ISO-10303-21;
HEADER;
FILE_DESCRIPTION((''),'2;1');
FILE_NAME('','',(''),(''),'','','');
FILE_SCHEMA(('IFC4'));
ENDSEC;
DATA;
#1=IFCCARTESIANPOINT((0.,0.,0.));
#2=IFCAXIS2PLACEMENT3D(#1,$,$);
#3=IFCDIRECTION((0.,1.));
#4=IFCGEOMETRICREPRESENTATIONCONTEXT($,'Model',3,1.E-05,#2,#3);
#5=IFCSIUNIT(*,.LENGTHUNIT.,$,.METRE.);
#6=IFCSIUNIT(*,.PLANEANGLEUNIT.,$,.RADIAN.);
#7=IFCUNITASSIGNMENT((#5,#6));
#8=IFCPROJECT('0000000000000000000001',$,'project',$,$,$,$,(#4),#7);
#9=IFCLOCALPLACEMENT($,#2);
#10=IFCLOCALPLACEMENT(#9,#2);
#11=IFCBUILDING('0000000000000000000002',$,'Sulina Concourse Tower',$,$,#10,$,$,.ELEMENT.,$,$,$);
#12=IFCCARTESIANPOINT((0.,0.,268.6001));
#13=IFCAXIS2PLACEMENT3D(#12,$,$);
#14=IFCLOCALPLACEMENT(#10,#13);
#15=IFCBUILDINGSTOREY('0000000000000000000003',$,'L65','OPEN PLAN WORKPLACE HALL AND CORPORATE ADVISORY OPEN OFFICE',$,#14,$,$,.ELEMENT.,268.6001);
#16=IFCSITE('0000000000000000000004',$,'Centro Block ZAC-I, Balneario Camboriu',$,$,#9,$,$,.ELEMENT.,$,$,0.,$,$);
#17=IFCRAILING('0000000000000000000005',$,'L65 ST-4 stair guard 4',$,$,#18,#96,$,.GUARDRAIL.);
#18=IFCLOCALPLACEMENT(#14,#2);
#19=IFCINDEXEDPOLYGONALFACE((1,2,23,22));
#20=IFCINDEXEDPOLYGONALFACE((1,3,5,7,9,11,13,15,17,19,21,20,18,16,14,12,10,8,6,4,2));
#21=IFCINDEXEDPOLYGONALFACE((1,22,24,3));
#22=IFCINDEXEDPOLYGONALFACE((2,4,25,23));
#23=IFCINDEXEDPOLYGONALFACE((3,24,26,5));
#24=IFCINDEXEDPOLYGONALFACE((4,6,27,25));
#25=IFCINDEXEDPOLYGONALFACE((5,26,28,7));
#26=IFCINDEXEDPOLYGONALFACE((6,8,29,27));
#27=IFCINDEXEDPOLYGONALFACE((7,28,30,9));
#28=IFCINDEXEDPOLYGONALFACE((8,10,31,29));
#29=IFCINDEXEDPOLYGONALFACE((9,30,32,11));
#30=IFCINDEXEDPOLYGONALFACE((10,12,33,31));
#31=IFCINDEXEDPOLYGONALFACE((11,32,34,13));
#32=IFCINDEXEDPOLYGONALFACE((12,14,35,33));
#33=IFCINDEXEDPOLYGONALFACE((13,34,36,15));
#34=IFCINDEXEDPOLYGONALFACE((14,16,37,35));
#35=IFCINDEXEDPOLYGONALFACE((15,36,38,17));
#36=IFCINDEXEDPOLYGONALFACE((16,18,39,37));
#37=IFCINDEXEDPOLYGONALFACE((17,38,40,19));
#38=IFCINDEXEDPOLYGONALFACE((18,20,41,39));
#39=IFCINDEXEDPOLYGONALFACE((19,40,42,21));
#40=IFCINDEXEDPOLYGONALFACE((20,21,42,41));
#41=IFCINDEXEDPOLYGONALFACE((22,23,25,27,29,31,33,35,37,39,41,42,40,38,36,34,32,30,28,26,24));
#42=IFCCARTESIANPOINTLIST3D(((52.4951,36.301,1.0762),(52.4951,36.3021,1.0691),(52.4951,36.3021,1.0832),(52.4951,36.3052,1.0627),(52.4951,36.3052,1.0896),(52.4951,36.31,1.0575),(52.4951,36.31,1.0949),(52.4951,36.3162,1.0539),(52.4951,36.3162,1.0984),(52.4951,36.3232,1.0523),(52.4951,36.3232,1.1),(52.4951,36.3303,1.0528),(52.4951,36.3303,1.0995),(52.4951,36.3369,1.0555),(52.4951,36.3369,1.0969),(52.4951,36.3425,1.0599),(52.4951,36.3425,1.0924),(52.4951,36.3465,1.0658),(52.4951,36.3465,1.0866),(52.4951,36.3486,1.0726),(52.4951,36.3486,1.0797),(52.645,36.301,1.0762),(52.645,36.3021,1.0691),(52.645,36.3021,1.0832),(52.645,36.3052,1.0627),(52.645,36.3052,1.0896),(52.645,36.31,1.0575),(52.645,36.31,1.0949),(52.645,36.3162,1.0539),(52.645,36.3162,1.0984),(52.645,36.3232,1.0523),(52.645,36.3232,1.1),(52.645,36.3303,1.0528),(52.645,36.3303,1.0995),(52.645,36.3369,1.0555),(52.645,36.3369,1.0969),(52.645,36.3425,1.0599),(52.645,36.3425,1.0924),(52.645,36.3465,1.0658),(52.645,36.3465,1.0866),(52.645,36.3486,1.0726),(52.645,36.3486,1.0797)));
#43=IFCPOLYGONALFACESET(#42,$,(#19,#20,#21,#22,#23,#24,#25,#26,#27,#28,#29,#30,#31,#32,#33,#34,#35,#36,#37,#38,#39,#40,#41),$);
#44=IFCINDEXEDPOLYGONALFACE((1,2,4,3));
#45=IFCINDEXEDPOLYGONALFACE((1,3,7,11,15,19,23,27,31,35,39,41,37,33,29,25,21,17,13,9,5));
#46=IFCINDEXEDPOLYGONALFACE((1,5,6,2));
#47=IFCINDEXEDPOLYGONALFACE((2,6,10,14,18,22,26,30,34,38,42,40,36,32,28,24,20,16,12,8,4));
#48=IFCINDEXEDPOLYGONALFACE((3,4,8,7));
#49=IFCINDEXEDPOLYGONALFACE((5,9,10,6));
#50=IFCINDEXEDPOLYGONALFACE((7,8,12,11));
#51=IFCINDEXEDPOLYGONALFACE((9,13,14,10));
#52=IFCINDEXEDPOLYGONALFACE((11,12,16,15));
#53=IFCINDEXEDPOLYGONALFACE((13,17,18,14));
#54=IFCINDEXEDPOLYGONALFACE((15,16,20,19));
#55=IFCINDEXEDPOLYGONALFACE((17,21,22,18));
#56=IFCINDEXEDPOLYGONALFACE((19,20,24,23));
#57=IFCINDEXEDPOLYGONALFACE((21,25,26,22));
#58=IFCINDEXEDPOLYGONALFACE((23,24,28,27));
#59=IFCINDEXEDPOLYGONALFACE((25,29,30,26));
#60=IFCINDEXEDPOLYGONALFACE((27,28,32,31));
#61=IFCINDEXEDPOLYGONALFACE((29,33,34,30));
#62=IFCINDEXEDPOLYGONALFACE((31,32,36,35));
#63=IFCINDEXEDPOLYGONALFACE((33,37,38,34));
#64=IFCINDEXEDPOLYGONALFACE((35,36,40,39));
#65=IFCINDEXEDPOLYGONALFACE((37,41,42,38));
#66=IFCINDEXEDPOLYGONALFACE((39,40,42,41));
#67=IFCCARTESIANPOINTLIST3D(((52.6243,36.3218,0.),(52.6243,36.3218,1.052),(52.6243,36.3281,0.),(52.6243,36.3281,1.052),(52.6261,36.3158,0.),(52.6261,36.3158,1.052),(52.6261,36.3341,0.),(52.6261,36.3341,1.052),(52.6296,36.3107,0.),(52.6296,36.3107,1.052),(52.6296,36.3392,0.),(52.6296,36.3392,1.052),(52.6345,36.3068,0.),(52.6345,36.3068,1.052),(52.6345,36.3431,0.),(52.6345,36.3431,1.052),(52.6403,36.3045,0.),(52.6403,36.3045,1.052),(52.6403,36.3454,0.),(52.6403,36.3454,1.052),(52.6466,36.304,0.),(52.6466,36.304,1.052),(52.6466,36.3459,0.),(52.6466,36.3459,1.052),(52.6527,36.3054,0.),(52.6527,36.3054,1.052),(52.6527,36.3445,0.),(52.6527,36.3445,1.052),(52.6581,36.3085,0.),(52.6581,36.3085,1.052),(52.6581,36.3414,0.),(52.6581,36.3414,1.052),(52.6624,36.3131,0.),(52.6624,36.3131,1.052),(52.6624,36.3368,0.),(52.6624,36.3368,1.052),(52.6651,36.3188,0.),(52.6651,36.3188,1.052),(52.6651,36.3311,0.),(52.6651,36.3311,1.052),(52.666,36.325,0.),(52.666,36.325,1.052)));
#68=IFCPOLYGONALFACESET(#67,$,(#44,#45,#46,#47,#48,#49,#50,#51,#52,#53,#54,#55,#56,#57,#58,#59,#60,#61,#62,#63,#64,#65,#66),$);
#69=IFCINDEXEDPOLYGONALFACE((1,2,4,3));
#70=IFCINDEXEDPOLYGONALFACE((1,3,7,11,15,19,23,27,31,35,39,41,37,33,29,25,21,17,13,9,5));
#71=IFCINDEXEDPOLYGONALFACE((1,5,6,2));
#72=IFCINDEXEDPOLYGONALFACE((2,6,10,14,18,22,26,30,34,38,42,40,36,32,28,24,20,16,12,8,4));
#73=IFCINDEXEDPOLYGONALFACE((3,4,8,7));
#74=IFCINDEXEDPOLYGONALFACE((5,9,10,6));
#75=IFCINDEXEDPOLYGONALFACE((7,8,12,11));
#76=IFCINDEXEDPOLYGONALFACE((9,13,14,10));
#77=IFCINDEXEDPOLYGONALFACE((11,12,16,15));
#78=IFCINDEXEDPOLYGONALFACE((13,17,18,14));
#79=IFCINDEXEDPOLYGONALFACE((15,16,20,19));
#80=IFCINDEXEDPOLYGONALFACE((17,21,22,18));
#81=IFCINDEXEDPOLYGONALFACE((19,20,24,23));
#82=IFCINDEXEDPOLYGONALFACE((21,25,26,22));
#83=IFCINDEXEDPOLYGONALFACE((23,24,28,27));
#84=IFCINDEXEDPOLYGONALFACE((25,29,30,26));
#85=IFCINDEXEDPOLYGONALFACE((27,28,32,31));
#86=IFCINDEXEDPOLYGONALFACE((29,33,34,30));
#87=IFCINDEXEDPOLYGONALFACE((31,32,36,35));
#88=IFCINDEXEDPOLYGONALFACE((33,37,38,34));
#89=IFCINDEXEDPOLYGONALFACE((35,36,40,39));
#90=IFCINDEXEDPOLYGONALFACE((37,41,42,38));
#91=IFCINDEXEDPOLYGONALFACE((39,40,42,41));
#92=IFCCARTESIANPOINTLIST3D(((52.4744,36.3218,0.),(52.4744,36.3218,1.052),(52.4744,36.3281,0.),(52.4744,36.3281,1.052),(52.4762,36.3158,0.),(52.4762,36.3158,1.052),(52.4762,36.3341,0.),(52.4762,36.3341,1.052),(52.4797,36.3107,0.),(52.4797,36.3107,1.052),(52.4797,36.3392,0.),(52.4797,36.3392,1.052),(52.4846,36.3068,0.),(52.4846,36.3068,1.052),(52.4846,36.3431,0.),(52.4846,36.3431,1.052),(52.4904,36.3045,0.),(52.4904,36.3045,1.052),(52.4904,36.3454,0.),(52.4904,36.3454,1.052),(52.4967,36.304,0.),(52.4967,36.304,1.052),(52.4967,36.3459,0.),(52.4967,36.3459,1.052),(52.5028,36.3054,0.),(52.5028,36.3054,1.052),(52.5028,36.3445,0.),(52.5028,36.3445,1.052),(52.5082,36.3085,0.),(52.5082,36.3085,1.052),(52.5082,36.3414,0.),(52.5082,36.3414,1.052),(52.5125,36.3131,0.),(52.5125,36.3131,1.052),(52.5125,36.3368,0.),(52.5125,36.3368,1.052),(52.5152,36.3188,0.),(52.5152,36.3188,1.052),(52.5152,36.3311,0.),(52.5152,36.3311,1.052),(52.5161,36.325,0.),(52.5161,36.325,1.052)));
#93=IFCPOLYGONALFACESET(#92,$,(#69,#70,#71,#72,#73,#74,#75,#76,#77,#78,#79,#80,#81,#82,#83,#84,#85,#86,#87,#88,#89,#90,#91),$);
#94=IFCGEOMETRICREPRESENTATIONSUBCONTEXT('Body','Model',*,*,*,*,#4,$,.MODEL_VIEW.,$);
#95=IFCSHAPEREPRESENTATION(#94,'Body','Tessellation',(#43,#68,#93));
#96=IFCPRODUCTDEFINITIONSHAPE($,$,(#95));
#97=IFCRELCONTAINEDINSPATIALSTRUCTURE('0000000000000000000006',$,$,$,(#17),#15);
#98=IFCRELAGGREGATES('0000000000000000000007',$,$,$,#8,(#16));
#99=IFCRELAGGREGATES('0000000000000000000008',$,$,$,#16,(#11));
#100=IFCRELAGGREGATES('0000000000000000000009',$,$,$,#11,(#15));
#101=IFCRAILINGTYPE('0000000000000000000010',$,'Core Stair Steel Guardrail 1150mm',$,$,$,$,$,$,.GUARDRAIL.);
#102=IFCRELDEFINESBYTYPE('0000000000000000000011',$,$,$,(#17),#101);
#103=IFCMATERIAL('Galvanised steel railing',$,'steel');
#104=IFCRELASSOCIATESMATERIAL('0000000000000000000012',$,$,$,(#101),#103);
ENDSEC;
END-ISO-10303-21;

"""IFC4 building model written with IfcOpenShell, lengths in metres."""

from ifc_helpers import new_model, si_unit, direction, frame, origin, origin_2d, place, context, subcontext, project, spatial, circle, extrude, material, type_object, element, save


model = new_model("IFC4")

# Units and contexts
model_context = context("Model", 3, precision=1e-05, world=origin(), true_north=direction((0.0, 1.0)))
body_context = subcontext(model_context, "Body", "Model", "MODEL_VIEW")
ifc_project = project(units=[si_unit("LENGTHUNIT", "METRE"), si_unit("PLANEANGLEUNIT", "RADIAN")], contexts=[model_context])

# Site, building, storey
site_placement = place(None, origin())
site = spatial("IfcSite", under=ifc_project, at=site_placement, Name="Centro Block ZAC-I, Balneario Camboriu", CompositionType="ELEMENT", RefElevation=0.0)
building_placement = place(site_placement, origin())
building = spatial("IfcBuilding", under=site, at=building_placement, Name="Sulina Concourse Tower", CompositionType="ELEMENT")
storey_placement = place(building_placement, frame((0.0, 0.0, 268.6001)))
storey = spatial("IfcBuildingStorey", under=building, at=storey_placement, Name="L65", Description="OPEN PLAN WORKPLACE HALL AND CORPORATE ADVISORY OPEN OFFICE", CompositionType="ELEMENT", Elevation=268.6001)

# Railing
ifc_material_1 = material(Name="Galvanised steel railing", Category="steel")
railing_type_1 = type_object("IfcRailingType", Name="Core Stair Steel Guardrail 1150mm", PredefinedType="GUARDRAIL", material=ifc_material_1)
railing_1_placement = place(storey_placement, frame((52.645, 36.325, 0.0)))
element("IfcRailing", 1, at=railing_1_placement, inside=storey, type_object=railing_type_1, Name="L65 ST-4 stair guard 4", PredefinedType="GUARDRAIL", context=body_context, shape_type="SweptSolid", body=[
    extrude(circle(Radius=0.0239, at=origin_2d()), frame((0.0, 0.0, 1.0762), z_axis=(-1.0, 0.0, 0.0), x_axis=(0.0, -1.0, 0.0)), (0.0, 0.0, 1.0), 0.1499),
    extrude(circle(Radius=0.021, at=origin_2d()), origin(), (0.0, 0.0, 1.0), 1.052),
    extrude(circle(Radius=0.021, at=origin_2d()), frame((-0.1499, 0.0, 0.0)), (0.0, 0.0, 1.0), 1.052),
])

save(model, "model.ifc")
